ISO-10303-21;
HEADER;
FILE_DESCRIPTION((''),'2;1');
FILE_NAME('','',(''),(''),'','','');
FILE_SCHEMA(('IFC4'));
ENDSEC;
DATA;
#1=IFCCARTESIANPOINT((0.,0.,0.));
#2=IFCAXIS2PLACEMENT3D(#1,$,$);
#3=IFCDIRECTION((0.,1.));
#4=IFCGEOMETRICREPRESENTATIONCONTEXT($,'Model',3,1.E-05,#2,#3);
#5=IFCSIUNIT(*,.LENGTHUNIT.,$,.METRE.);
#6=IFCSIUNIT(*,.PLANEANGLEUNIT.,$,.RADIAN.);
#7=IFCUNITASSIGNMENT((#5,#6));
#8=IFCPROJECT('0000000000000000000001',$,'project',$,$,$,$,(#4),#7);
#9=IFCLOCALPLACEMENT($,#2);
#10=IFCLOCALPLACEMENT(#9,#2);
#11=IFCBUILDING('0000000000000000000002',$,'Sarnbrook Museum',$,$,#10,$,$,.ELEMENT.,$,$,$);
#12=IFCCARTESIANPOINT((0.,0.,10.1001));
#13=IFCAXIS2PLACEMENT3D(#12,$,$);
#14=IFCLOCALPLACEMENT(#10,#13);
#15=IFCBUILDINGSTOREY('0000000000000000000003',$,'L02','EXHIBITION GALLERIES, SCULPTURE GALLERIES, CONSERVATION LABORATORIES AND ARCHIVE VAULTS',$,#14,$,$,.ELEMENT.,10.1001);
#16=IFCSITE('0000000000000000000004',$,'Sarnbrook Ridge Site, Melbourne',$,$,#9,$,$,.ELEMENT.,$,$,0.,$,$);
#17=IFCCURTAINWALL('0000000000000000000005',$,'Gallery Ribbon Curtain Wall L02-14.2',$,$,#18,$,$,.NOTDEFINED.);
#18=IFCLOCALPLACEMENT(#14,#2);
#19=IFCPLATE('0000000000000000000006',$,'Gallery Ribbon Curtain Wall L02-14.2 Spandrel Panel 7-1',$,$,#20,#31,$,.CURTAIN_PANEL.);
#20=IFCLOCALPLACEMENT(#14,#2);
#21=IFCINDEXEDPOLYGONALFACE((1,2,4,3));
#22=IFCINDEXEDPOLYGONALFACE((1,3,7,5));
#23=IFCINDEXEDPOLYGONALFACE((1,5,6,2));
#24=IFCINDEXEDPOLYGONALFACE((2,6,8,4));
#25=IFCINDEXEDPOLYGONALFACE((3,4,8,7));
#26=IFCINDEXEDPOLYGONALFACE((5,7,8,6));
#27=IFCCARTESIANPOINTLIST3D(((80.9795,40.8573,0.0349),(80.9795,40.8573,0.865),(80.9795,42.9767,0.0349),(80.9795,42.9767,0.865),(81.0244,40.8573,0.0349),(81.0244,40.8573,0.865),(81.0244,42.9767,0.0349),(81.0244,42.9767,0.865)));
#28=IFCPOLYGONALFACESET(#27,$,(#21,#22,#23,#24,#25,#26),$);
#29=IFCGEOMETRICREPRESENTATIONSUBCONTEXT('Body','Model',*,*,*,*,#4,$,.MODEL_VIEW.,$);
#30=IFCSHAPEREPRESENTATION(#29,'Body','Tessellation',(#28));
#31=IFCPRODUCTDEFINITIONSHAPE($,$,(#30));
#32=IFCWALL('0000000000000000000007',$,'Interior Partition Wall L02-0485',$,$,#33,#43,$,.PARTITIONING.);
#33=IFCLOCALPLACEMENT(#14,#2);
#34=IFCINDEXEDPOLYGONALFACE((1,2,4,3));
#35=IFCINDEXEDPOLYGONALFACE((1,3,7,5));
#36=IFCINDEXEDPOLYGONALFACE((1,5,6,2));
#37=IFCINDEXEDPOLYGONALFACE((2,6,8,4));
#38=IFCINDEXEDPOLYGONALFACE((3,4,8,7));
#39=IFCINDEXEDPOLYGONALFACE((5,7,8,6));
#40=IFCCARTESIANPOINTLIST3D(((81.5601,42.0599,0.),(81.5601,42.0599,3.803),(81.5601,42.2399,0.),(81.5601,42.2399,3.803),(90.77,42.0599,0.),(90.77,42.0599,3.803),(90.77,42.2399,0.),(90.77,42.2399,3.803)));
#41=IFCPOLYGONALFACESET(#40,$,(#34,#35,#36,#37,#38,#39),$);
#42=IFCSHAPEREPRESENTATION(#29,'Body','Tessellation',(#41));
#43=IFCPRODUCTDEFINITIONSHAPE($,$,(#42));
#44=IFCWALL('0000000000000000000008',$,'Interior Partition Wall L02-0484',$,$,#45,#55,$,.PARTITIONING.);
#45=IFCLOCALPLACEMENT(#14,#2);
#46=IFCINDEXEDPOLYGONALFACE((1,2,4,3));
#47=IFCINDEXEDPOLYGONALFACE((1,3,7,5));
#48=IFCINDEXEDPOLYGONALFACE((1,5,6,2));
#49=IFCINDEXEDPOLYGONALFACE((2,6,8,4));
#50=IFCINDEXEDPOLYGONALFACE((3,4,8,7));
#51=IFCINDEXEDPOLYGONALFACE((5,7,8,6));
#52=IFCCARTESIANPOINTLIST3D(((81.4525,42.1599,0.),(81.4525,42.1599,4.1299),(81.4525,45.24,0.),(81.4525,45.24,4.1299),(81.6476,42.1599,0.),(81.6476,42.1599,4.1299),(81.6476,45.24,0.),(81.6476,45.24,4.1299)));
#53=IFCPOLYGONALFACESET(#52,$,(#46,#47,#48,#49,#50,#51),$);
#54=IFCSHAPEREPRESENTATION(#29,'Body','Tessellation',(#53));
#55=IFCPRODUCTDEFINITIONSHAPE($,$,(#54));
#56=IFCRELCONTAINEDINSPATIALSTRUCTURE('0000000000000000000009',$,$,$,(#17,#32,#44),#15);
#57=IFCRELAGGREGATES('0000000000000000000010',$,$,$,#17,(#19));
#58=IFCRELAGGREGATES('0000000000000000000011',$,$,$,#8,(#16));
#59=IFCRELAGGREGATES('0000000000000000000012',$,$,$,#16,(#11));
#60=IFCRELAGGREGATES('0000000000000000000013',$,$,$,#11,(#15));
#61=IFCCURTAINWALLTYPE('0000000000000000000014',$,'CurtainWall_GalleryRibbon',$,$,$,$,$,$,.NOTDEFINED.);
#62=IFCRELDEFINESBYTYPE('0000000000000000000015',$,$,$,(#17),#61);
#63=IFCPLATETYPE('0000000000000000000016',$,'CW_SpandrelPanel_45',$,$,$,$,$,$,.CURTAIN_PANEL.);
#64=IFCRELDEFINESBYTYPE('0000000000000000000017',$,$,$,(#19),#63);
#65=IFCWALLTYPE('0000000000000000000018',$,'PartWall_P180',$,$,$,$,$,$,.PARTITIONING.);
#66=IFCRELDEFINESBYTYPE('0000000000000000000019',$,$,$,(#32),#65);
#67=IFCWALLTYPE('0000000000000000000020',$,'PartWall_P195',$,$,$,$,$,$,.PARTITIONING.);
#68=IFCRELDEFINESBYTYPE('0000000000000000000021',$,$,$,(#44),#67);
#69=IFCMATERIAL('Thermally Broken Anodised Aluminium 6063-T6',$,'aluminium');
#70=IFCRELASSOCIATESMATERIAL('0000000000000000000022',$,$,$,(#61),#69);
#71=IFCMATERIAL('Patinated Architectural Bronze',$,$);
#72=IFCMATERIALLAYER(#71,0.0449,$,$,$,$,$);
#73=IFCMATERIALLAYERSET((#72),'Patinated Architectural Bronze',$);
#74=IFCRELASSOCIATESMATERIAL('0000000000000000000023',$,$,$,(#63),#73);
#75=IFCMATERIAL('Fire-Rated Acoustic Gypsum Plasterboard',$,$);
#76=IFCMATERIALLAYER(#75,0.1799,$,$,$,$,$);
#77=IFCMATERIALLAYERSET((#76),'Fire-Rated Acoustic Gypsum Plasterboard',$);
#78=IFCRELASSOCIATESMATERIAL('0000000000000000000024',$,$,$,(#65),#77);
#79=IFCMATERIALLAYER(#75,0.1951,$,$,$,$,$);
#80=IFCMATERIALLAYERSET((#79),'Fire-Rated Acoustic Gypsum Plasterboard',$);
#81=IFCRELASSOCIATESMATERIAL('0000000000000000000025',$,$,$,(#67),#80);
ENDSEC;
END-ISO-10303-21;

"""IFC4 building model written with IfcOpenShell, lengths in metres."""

from ifc_helpers import new_model, si_unit, direction, frame, frame_2d, origin, origin_2d, place, context, subcontext, project, spatial, rectangle, extrude, material, layer, layer_set, type_object, element, aggregate, save


model = new_model("IFC4")

# Units and contexts
model_context = context("Model", 3, precision=1e-05, world=origin(), true_north=direction((0.0, 1.0)))
body_context = subcontext(model_context, "Body", "Model", "MODEL_VIEW")
ifc_project = project(units=[si_unit("LENGTHUNIT", "METRE"), si_unit("PLANEANGLEUNIT", "RADIAN")], contexts=[model_context])

# Site, building, storey
site_placement = place(None, origin())
site = spatial("IfcSite", under=ifc_project, at=site_placement, Name="Sarnbrook Ridge Site, Melbourne", CompositionType="ELEMENT", RefElevation=0.0)
building_placement = place(site_placement, origin())
building = spatial("IfcBuilding", under=site, at=building_placement, Name="Sarnbrook Museum", CompositionType="ELEMENT")
storey_placement = place(building_placement, frame((0.0, 0.0, 10.1001)))
storey = spatial("IfcBuildingStorey", under=building, at=storey_placement, Name="L02", Description="EXHIBITION GALLERIES, SCULPTURE GALLERIES, CONSERVATION LABORATORIES AND ARCHIVE VAULTS", CompositionType="ELEMENT", Elevation=10.1001)

# Curtain wall
ifc_material_1 = material(Name="Thermally Broken Anodised Aluminium 6063-T6", Category="aluminium")
curtain_wall_type = type_object("IfcCurtainWallType", Name="CurtainWall_GalleryRibbon", PredefinedType="NOTDEFINED", material=ifc_material_1)
curtain_wall_placement = place(storey_placement, origin())
curtain_wall = element("IfcCurtainWall", 1, at=curtain_wall_placement, inside=storey, type_object=curtain_wall_type, Name="Gallery Ribbon Curtain Wall L02-14.2", PredefinedType="NOTDEFINED")

# Plate
ifc_material_2 = material(Name="Patinated Architectural Bronze")
ifc_layer_1 = layer(ifc_material_2, 0.0449)
ifc_layer_set_1 = layer_set([ifc_layer_1], Name="Patinated Architectural Bronze")
plate_type_1 = type_object("IfcPlateType", Name="CW_SpandrelPanel_45", PredefinedType="CURTAIN_PANEL", material=ifc_layer_set_1)
plate_1_placement = place(storey_placement, frame((81.0244, 41.917, 0.45), z_axis=(-1.0, 0.0, 0.0), x_axis=(0.0, -1.0, 0.0)))
plate_1 = element("IfcPlate", 2, at=plate_1_placement, type_object=plate_type_1, Name="Gallery Ribbon Curtain Wall L02-14.2 Spandrel Panel 7-1", PredefinedType="CURTAIN_PANEL", context=body_context, shape_type="SweptSolid", body=[
    extrude(rectangle(XDim=2.1194, YDim=0.8301, at=origin_2d()), origin(), (0.0, 0.0, 1.0), 0.0449),
])
aggregate(curtain_wall, [plate_1])

# Walls
ifc_material_3 = material(Name="Fire-Rated Acoustic Gypsum Plasterboard")
ifc_layer_2 = layer(ifc_material_3, 0.1799)
ifc_layer_set_2 = layer_set([ifc_layer_2], Name="Fire-Rated Acoustic Gypsum Plasterboard")
wall_type_1 = type_object("IfcWallType", Name="PartWall_P180", PredefinedType="PARTITIONING", material=ifc_layer_set_2)
wall_1_placement = place(storey_placement, frame((81.5601, 42.1499, 0.0), z_axis=(0.0, 0.0, 1.0), x_axis=(1.0, 0.0, 0.0)))
element("IfcWall", 3, at=wall_1_placement, inside=storey, type_object=wall_type_1, Name="Interior Partition Wall L02-0485", PredefinedType="PARTITIONING", context=body_context, shape_type="SweptSolid", body=[
    extrude(rectangle(XDim=9.21, YDim=0.1799, at=frame_2d((4.605, 0.0))), origin(), (0.0, 0.0, 1.0), 3.803),
])
ifc_layer_3 = layer(ifc_material_3, 0.1951)
ifc_layer_set_3 = layer_set([ifc_layer_3], Name="Fire-Rated Acoustic Gypsum Plasterboard")
wall_type_2 = type_object("IfcWallType", Name="PartWall_P195", PredefinedType="PARTITIONING", material=ifc_layer_set_3)
wall_2_placement = place(storey_placement, frame((81.55, 45.24, 0.0), z_axis=(0.0, 0.0, 1.0), x_axis=(0.0, -1.0, 0.0)))
element("IfcWall", 4, at=wall_2_placement, inside=storey, type_object=wall_type_2, Name="Interior Partition Wall L02-0484", PredefinedType="PARTITIONING", context=body_context, shape_type="SweptSolid", body=[
    extrude(rectangle(XDim=3.0801, YDim=0.1951, at=frame_2d((1.54, 0.0))), origin(), (0.0, 0.0, 1.0), 4.1299),
])

save(model, "model.ifc")
